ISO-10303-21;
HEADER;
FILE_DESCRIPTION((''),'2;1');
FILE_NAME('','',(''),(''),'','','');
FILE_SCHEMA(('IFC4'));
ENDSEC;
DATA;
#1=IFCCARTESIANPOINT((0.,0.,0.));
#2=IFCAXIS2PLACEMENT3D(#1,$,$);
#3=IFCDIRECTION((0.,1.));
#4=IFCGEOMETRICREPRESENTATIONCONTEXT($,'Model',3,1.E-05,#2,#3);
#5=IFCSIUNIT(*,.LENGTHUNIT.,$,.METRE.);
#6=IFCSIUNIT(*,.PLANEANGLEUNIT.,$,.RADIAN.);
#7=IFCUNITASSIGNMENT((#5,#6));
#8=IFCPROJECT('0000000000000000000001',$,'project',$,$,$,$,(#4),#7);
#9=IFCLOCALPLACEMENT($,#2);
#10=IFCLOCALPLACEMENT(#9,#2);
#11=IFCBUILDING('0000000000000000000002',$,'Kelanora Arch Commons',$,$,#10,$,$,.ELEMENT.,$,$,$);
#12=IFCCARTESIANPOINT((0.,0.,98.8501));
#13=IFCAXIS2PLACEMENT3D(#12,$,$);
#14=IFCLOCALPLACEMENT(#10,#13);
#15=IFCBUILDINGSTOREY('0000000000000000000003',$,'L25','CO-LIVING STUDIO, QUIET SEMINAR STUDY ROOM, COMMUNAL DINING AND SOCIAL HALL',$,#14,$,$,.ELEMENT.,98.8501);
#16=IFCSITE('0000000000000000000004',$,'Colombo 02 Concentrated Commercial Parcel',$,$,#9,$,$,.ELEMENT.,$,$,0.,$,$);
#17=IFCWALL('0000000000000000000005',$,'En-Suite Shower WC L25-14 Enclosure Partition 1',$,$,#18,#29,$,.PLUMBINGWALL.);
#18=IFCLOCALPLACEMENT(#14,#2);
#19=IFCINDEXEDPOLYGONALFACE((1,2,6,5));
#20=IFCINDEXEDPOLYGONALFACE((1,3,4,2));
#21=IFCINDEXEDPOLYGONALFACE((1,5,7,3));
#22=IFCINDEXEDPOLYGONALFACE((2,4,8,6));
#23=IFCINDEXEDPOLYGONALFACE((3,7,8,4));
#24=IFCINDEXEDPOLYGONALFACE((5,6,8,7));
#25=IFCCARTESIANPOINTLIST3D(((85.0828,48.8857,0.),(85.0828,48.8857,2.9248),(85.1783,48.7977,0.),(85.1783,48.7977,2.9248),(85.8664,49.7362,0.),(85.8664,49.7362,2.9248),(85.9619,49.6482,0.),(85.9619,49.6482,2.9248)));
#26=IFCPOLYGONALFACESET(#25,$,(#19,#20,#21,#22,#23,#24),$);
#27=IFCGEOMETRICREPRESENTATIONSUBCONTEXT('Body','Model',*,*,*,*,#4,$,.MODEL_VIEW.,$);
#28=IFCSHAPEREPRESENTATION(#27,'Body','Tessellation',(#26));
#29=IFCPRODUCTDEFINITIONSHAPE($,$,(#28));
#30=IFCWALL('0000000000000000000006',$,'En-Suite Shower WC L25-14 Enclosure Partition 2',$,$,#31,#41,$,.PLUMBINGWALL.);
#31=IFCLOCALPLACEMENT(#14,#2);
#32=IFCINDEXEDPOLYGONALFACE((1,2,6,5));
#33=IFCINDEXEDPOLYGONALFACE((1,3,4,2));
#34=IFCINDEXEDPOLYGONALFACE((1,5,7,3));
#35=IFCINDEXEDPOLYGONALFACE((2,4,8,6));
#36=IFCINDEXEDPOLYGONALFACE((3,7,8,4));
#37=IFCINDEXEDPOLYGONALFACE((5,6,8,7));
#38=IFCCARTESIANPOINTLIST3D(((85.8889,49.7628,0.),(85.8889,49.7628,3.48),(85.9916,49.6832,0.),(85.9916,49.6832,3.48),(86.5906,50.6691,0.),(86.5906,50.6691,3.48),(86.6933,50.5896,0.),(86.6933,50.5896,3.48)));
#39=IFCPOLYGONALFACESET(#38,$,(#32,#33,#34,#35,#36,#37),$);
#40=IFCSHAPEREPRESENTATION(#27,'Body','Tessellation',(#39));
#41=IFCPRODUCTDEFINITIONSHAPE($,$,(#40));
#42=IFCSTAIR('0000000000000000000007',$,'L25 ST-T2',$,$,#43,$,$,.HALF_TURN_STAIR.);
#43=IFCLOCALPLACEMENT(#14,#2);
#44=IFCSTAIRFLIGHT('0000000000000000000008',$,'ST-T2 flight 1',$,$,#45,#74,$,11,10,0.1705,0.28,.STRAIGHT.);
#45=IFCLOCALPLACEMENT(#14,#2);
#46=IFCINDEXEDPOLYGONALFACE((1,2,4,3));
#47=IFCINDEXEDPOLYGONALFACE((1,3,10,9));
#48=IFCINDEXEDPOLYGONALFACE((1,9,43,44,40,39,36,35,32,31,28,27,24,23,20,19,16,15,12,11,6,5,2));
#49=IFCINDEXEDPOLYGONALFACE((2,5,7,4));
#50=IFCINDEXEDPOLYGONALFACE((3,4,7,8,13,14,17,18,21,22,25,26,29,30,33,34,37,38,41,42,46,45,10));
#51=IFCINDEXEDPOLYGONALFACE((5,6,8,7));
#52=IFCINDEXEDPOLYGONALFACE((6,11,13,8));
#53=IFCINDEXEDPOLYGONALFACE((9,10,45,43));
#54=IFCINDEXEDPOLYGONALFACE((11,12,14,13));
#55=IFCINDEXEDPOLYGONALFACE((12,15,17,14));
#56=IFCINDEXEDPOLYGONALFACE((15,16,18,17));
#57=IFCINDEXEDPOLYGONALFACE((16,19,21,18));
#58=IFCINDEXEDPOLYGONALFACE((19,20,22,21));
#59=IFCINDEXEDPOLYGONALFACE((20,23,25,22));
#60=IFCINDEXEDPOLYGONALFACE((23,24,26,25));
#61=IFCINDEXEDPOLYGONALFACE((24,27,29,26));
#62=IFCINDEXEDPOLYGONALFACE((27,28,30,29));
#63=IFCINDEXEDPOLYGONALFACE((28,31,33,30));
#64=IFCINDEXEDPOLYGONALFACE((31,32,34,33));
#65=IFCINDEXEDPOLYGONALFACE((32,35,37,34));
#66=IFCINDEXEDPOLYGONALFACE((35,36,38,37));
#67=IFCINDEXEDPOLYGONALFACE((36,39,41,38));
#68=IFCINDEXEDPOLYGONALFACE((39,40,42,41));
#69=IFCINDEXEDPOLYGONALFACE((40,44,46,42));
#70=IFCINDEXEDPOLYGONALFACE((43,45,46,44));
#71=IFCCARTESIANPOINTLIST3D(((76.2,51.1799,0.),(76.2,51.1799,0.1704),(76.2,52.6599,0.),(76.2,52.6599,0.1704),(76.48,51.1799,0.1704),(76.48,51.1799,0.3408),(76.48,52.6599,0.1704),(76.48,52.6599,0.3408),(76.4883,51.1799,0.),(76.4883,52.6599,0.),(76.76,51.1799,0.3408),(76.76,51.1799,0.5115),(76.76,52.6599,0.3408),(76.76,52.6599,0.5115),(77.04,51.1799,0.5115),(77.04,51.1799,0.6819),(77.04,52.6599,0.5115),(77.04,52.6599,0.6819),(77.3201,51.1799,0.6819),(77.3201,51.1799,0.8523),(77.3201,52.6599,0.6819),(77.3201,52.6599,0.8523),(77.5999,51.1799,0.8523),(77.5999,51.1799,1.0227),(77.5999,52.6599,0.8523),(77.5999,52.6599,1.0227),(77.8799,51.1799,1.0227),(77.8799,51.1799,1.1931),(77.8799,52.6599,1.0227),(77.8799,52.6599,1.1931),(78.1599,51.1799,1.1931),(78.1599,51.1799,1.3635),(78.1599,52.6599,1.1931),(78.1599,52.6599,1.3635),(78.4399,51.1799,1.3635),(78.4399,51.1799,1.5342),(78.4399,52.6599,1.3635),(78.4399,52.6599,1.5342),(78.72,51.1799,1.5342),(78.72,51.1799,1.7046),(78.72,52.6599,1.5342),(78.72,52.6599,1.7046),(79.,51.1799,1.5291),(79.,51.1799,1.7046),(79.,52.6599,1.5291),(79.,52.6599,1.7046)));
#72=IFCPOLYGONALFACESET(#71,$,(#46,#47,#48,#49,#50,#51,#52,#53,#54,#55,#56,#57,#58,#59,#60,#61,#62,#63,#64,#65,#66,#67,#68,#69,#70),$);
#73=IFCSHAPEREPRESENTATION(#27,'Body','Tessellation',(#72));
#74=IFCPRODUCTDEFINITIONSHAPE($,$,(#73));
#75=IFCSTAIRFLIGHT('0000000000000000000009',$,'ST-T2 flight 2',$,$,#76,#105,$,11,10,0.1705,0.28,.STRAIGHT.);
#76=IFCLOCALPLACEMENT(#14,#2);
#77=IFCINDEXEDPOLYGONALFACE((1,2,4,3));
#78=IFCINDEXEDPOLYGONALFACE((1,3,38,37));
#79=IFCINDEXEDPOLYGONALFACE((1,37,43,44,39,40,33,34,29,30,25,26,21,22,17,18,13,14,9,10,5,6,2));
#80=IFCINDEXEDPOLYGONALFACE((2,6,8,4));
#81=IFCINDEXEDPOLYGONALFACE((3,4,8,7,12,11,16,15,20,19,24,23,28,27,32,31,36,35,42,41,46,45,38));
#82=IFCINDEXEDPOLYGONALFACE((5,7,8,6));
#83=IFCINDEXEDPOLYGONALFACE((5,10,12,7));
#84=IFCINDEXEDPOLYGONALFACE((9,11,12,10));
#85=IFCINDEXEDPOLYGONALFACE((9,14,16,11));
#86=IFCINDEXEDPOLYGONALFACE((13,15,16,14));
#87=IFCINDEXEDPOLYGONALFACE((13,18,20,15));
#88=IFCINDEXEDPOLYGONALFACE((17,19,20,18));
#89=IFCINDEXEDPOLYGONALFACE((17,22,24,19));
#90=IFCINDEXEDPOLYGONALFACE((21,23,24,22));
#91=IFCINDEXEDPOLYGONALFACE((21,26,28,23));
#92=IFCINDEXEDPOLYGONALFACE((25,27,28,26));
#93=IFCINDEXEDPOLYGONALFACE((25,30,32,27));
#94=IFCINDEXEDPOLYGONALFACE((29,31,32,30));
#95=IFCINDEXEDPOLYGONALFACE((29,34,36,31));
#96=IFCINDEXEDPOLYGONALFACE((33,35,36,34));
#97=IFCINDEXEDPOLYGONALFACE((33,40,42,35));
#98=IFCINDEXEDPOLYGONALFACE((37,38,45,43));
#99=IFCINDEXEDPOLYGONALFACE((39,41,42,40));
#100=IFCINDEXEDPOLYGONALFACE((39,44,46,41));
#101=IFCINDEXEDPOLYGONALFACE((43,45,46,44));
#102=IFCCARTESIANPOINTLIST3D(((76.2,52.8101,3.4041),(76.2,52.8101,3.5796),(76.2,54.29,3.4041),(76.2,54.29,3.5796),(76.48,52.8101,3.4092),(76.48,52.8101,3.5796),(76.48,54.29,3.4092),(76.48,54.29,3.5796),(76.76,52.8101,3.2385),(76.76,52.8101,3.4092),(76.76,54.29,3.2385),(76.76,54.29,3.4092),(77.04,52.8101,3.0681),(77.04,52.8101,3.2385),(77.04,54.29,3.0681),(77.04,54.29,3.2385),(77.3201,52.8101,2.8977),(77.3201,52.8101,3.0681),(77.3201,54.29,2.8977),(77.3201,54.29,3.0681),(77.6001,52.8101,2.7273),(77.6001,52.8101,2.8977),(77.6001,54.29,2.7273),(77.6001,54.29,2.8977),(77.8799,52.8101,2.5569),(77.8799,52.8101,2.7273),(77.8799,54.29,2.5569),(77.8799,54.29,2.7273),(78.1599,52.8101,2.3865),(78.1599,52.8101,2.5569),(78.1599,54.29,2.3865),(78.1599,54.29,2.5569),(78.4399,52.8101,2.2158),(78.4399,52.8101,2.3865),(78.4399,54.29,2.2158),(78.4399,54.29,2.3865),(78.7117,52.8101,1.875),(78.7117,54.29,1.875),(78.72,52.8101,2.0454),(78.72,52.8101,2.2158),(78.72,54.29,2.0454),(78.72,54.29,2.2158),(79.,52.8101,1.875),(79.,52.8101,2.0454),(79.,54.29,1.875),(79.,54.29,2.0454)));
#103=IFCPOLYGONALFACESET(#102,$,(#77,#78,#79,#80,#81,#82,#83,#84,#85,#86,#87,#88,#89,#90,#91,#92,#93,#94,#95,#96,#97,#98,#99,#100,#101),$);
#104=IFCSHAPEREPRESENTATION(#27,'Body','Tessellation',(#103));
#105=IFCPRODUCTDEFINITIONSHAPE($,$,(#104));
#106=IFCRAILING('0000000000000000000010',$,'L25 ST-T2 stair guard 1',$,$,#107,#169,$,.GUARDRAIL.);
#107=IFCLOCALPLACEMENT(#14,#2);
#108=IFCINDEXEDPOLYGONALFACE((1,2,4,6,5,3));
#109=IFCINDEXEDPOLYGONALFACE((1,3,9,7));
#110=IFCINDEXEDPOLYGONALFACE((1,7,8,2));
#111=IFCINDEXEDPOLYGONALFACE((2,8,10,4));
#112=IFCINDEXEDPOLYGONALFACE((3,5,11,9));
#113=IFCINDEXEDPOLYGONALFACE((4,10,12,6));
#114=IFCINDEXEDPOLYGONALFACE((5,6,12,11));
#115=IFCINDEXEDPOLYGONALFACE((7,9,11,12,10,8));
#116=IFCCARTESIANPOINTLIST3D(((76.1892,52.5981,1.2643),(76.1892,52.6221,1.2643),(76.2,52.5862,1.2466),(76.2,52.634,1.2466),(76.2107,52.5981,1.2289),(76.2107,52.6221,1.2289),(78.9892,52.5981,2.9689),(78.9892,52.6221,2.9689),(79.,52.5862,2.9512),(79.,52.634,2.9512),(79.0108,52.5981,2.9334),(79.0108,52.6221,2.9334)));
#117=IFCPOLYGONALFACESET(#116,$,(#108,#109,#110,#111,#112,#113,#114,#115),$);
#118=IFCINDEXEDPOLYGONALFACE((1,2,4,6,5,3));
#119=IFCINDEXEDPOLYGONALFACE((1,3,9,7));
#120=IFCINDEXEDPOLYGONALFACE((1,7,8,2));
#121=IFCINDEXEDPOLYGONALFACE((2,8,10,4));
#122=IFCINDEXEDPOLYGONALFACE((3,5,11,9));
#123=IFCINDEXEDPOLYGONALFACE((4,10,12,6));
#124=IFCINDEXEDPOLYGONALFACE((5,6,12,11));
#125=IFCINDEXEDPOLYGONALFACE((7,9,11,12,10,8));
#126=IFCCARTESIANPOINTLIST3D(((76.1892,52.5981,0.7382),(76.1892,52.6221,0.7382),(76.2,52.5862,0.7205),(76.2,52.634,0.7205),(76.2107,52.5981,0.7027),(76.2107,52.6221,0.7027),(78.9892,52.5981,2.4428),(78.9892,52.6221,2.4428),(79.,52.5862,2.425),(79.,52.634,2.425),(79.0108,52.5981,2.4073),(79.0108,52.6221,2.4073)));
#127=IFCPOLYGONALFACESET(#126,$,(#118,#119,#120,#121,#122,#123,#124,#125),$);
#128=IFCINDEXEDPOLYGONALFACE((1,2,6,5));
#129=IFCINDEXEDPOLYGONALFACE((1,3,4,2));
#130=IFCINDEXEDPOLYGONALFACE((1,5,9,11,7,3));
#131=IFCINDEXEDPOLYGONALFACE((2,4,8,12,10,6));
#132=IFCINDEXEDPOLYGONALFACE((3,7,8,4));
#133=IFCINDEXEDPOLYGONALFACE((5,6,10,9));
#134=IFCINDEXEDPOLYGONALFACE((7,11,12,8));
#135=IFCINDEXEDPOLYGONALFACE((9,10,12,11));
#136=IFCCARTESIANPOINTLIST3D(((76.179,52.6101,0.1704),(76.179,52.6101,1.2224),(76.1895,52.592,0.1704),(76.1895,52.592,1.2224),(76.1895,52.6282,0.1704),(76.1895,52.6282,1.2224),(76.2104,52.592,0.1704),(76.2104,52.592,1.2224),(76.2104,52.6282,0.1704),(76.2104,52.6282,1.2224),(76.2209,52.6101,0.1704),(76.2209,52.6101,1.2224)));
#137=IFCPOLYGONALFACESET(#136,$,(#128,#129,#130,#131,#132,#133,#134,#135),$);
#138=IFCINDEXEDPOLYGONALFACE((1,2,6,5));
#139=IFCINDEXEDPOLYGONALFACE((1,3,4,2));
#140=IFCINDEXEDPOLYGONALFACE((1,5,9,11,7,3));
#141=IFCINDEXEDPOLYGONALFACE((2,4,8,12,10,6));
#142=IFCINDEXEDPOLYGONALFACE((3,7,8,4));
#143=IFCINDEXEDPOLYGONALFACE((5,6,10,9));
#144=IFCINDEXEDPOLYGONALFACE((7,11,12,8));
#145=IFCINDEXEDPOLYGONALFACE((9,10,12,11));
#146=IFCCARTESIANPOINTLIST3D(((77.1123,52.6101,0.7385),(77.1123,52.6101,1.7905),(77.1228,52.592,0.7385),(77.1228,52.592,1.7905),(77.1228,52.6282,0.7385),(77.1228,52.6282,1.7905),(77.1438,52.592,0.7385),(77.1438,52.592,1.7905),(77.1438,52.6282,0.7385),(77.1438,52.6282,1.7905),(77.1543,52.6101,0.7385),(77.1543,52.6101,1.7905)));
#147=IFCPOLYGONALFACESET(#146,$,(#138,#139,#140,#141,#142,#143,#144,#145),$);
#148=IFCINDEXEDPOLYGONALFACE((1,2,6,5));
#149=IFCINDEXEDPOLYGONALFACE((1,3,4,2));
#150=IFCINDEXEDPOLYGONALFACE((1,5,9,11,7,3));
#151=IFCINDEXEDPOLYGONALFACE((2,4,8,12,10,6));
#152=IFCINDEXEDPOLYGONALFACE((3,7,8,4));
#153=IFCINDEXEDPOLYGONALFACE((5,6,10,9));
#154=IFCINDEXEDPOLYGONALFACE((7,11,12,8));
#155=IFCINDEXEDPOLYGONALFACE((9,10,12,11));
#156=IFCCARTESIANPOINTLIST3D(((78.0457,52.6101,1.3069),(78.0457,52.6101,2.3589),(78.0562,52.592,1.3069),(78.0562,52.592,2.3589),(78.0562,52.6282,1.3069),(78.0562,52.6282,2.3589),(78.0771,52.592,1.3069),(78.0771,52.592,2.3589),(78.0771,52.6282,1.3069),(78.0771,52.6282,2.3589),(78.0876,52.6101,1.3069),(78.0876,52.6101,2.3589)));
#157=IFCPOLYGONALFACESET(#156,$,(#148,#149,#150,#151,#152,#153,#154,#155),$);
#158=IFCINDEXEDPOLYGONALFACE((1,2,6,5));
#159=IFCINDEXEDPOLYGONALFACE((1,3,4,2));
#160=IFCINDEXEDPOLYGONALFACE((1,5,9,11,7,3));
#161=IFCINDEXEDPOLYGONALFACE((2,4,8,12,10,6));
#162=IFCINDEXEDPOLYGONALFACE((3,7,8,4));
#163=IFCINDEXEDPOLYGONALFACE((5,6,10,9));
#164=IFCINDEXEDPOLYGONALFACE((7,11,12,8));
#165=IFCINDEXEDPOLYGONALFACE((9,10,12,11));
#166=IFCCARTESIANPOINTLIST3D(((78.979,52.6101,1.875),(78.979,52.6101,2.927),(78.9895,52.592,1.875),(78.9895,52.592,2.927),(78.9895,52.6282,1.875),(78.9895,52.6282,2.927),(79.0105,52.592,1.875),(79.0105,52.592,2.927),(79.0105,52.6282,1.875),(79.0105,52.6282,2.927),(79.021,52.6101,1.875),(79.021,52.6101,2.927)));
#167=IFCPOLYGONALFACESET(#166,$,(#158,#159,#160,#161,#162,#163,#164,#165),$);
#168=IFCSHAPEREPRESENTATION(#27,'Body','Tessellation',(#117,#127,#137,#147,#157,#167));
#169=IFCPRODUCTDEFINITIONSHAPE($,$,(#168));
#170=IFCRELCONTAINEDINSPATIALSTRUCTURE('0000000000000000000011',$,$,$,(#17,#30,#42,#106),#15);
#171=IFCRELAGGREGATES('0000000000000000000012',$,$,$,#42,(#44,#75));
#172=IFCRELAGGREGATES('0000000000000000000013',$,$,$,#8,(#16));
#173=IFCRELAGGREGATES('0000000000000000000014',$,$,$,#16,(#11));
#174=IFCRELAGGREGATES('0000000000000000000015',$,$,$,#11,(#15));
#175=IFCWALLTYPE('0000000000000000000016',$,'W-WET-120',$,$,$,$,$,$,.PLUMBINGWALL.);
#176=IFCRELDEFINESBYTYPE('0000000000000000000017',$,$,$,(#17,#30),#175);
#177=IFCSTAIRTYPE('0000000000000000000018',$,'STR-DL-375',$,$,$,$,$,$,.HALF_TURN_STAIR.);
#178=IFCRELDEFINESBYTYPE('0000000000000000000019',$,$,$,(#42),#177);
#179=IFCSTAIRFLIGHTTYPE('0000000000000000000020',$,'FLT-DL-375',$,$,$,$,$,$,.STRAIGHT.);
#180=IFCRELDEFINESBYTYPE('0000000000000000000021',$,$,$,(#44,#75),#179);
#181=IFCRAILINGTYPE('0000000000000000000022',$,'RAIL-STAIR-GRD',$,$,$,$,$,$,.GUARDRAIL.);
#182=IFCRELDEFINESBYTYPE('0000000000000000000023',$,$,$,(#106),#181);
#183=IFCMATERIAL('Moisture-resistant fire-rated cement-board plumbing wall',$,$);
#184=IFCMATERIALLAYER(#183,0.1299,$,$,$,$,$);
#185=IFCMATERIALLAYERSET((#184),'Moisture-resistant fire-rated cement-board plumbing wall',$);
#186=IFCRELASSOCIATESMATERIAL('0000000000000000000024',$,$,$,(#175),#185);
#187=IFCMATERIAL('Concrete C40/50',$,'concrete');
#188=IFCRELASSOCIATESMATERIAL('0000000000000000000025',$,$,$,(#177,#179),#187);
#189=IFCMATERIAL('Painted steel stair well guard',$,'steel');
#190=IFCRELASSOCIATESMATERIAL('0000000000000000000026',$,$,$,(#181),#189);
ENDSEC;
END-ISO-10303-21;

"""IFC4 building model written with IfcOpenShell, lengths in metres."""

from ifc_helpers import new_model, si_unit, direction, frame, frame_2d, origin, place, context, subcontext, project, spatial, polyline, rectangle, outline, extrude, material, layer, layer_set, type_object, element, aggregate, save


model = new_model("IFC4")

# Units and contexts
model_context = context("Model", 3, precision=1e-05, world=origin(), true_north=direction((0.0, 1.0)))
body_context = subcontext(model_context, "Body", "Model", "MODEL_VIEW")
ifc_project = project(units=[si_unit("LENGTHUNIT", "METRE"), si_unit("PLANEANGLEUNIT", "RADIAN")], contexts=[model_context])

# Site, building, storey
site_placement = place(None, origin())
site = spatial("IfcSite", under=ifc_project, at=site_placement, Name="Colombo 02 Concentrated Commercial Parcel", CompositionType="ELEMENT", RefElevation=0.0)
building_placement = place(site_placement, origin())
building = spatial("IfcBuilding", under=site, at=building_placement, Name="Kelanora Arch Commons", CompositionType="ELEMENT")
storey_placement = place(building_placement, frame((0.0, 0.0, 98.8501)))
storey = spatial("IfcBuildingStorey", under=building, at=storey_placement, Name="L25", Description="CO-LIVING STUDIO, QUIET SEMINAR STUDY ROOM, COMMUNAL DINING AND SOCIAL HALL", CompositionType="ELEMENT", Elevation=98.8501)

# Shared definitions
ifc_material_1 = material(Name="Concrete C40/50", Category="concrete")

# Shared definitions
ifc_material_2 = material(Name="Moisture-resistant fire-rated cement-board plumbing wall")
ifc_layer_1 = layer(ifc_material_2, 0.1299)
ifc_layer_set_1 = layer_set([ifc_layer_1], Name="Moisture-resistant fire-rated cement-board plumbing wall")
wall_type_1 = type_object("IfcWallType", Name="W-WET-120", PredefinedType="PLUMBINGWALL", material=ifc_layer_set_1)

# Walls
wall_1_placement = place(storey_placement, frame((85.1306, 48.8418, 0.0), z_axis=(0.0, 0.0, 1.0), x_axis=(0.677596, 0.735434, 0.0)))
element("IfcWall", 1, at=wall_1_placement, inside=storey, type_object=wall_type_1, Name="En-Suite Shower WC L25-14 Enclosure Partition 1", PredefinedType="PLUMBINGWALL", context=body_context, shape_type="SweptSolid", body=[
    extrude(rectangle(XDim=1.1565, YDim=0.1299, at=frame_2d((0.5781, 0.0))), origin(), (0.0, 0.0, 1.0), 2.9248),
])
wall_2_placement = place(storey_placement, frame((85.9402, 49.7229, 0.0), z_axis=(0.0, 0.0, 1.0), x_axis=(0.612199, 0.790704, 0.0)))
element("IfcWall", 2, at=wall_2_placement, inside=storey, type_object=wall_type_1, Name="En-Suite Shower WC L25-14 Enclosure Partition 2", PredefinedType="PLUMBINGWALL", context=body_context, shape_type="SweptSolid", body=[
    extrude(rectangle(XDim=1.1462, YDim=0.1299, at=frame_2d((0.5732, 0.0))), origin(), (0.0, 0.0, 1.0), 3.48),
])

# Stair, stair flights
stair_type = type_object("IfcStairType", Name="STR-DL-375", PredefinedType="HALF_TURN_STAIR", material=ifc_material_1)
stair_placement = place(storey_placement, origin())
stair = element("IfcStair", 3, at=stair_placement, inside=storey, type_object=stair_type, Name="L25 ST-T2", PredefinedType="HALF_TURN_STAIR")
stair_flight_type = type_object("IfcStairFlightType", Name="FLT-DL-375", PredefinedType="STRAIGHT", material=ifc_material_1)
stair_flight_1_placement = place(storey_placement, frame((76.2, 51.9199, 0.0), z_axis=(0.0, 0.0, 1.0), x_axis=(1.0, 0.0, 0.0)))
stair_flight_1 = element("IfcStairFlight", 4, at=stair_flight_1_placement, type_object=stair_flight_type, Name="ST-T2 flight 1", NumberOfRisers=11, NumberOfTreads=10, PredefinedType="STRAIGHT", RiserHeight=0.1705, TreadLength=0.28, context=body_context, shape_type="SweptSolid", body=[
    extrude(outline(polyline([(0.0, 0.0), (0.0, 0.1704), (0.28, 0.1704), (0.28, 0.3408), (0.5601, 0.3408), (0.5601, 0.5115), (0.8401, 0.5115), (0.8401, 0.6819), (1.1201, 0.6819), (1.1201, 0.8523), (1.3999, 0.8523), (1.3999, 1.0227), (1.6799, 1.0227), (1.6799, 1.1931), (1.96, 1.1931), (1.96, 1.3635), (2.24, 1.3635), (2.24, 1.5342), (2.52, 1.5342), (2.52, 1.7046), (2.8, 1.7046), (2.8, 1.875), (2.8, 1.5291), (0.2883, 0.0), (0.0, 0.0)])), frame((0.0, 0.74, 0.0), z_axis=(0.0, -1.0, 0.0), x_axis=(1.0, 0.0, 0.0)), (0.0, 0.0, 1.0), 1.48),
])
stair_flight_2_placement = place(storey_placement, frame((79.0, 53.55, 1.875), z_axis=(0.0, 0.0, 1.0), x_axis=(-1.0, 0.0, 0.0)))
stair_flight_2 = element("IfcStairFlight", 5, at=stair_flight_2_placement, type_object=stair_flight_type, Name="ST-T2 flight 2", NumberOfRisers=11, NumberOfTreads=10, PredefinedType="STRAIGHT", RiserHeight=0.1705, TreadLength=0.28, context=body_context, shape_type="SweptSolid", body=[
    extrude(outline(polyline([(0.0, 0.0), (0.0, 0.1704), (0.28, 0.1704), (0.28, 0.3408), (0.5601, 0.3408), (0.5601, 0.5115), (0.8401, 0.5115), (0.8401, 0.6819), (1.1201, 0.6819), (1.1201, 0.8523), (1.3999, 0.8523), (1.3999, 1.0227), (1.6799, 1.0227), (1.6799, 1.1931), (1.96, 1.1931), (1.96, 1.3635), (2.24, 1.3635), (2.24, 1.5342), (2.52, 1.5342), (2.52, 1.7046), (2.8, 1.7046), (2.8, 1.875), (2.8, 1.5291), (0.2883, 0.0), (0.0, 0.0)])), frame((0.0, 0.74, 0.0), z_axis=(0.0, -1.0, 0.0), x_axis=(1.0, 0.0, 0.0)), (0.0, 0.0, 1.0), 1.48),
])
aggregate(stair, [stair_flight_1, stair_flight_2])

# Railing
ifc_material_3 = material(Name="Painted steel stair well guard", Category="steel")
railing_type_1 = type_object("IfcRailingType", Name="RAIL-STAIR-GRD", PredefinedType="GUARDRAIL", material=ifc_material_3)
railing_1_placement = place(storey_placement, frame((76.2, 52.6101, 0.1704)))
element("IfcRailing", 6, at=railing_1_placement, inside=storey, type_object=railing_type_1, Name="L25 ST-T2 stair guard 1", PredefinedType="GUARDRAIL", context=body_context, shape_type="SweptSolid", body=[
    extrude(outline(polyline([(0.0239, 0.0), (0.012, 0.0208), (-0.012, 0.0208), (-0.0239, 0.0), (-0.012, -0.0208), (0.012, -0.0208), (0.0239, 0.0)])), frame((0.0, 0.0, 1.0762), z_axis=(0.85417, 0.0, 0.519994), x_axis=(0.0, 1.0, 0.0)), (0.0, 0.0, 1.0), 3.2781),
    extrude(outline(polyline([(0.0239, 0.0), (0.012, 0.0208), (-0.012, 0.0208), (-0.0239, 0.0), (-0.012, -0.0208), (0.012, -0.0208), (0.0239, 0.0)])), frame((0.0, 0.0, 0.55), z_axis=(0.85417, 0.0, 0.519994), x_axis=(0.0, 1.0, 0.0)), (0.0, 0.0, 1.0), 3.2781),
    extrude(outline(polyline([(0.021, 0.0), (0.0105, 0.0181), (-0.0105, 0.0181), (-0.021, 0.0), (-0.0105, -0.0181), (0.0105, -0.0181), (0.021, 0.0)])), origin(), (0.0, 0.0, 1.0), 1.052),
    extrude(outline(polyline([(0.021, 0.0), (0.0105, 0.0181), (-0.0105, 0.0181), (-0.021, 0.0), (-0.0105, -0.0181), (0.0105, -0.0181), (0.021, 0.0)])), frame((0.9333, 0.0, 0.5681)), (0.0, 0.0, 1.0), 1.052),
    extrude(outline(polyline([(0.021, 0.0), (0.0105, 0.0181), (-0.0105, 0.0181), (-0.021, 0.0), (-0.0105, -0.0181), (0.0105, -0.0181), (0.021, 0.0)])), frame((1.8667, 0.0, 1.1365)), (0.0, 0.0, 1.0), 1.052),
    extrude(outline(polyline([(0.021, 0.0), (0.0105, 0.0181), (-0.0105, 0.0181), (-0.021, 0.0), (-0.0105, -0.0181), (0.0105, -0.0181), (0.021, 0.0)])), frame((2.8, 0.0, 1.7046)), (0.0, 0.0, 1.0), 1.052),
])

save(model, "model.ifc")
